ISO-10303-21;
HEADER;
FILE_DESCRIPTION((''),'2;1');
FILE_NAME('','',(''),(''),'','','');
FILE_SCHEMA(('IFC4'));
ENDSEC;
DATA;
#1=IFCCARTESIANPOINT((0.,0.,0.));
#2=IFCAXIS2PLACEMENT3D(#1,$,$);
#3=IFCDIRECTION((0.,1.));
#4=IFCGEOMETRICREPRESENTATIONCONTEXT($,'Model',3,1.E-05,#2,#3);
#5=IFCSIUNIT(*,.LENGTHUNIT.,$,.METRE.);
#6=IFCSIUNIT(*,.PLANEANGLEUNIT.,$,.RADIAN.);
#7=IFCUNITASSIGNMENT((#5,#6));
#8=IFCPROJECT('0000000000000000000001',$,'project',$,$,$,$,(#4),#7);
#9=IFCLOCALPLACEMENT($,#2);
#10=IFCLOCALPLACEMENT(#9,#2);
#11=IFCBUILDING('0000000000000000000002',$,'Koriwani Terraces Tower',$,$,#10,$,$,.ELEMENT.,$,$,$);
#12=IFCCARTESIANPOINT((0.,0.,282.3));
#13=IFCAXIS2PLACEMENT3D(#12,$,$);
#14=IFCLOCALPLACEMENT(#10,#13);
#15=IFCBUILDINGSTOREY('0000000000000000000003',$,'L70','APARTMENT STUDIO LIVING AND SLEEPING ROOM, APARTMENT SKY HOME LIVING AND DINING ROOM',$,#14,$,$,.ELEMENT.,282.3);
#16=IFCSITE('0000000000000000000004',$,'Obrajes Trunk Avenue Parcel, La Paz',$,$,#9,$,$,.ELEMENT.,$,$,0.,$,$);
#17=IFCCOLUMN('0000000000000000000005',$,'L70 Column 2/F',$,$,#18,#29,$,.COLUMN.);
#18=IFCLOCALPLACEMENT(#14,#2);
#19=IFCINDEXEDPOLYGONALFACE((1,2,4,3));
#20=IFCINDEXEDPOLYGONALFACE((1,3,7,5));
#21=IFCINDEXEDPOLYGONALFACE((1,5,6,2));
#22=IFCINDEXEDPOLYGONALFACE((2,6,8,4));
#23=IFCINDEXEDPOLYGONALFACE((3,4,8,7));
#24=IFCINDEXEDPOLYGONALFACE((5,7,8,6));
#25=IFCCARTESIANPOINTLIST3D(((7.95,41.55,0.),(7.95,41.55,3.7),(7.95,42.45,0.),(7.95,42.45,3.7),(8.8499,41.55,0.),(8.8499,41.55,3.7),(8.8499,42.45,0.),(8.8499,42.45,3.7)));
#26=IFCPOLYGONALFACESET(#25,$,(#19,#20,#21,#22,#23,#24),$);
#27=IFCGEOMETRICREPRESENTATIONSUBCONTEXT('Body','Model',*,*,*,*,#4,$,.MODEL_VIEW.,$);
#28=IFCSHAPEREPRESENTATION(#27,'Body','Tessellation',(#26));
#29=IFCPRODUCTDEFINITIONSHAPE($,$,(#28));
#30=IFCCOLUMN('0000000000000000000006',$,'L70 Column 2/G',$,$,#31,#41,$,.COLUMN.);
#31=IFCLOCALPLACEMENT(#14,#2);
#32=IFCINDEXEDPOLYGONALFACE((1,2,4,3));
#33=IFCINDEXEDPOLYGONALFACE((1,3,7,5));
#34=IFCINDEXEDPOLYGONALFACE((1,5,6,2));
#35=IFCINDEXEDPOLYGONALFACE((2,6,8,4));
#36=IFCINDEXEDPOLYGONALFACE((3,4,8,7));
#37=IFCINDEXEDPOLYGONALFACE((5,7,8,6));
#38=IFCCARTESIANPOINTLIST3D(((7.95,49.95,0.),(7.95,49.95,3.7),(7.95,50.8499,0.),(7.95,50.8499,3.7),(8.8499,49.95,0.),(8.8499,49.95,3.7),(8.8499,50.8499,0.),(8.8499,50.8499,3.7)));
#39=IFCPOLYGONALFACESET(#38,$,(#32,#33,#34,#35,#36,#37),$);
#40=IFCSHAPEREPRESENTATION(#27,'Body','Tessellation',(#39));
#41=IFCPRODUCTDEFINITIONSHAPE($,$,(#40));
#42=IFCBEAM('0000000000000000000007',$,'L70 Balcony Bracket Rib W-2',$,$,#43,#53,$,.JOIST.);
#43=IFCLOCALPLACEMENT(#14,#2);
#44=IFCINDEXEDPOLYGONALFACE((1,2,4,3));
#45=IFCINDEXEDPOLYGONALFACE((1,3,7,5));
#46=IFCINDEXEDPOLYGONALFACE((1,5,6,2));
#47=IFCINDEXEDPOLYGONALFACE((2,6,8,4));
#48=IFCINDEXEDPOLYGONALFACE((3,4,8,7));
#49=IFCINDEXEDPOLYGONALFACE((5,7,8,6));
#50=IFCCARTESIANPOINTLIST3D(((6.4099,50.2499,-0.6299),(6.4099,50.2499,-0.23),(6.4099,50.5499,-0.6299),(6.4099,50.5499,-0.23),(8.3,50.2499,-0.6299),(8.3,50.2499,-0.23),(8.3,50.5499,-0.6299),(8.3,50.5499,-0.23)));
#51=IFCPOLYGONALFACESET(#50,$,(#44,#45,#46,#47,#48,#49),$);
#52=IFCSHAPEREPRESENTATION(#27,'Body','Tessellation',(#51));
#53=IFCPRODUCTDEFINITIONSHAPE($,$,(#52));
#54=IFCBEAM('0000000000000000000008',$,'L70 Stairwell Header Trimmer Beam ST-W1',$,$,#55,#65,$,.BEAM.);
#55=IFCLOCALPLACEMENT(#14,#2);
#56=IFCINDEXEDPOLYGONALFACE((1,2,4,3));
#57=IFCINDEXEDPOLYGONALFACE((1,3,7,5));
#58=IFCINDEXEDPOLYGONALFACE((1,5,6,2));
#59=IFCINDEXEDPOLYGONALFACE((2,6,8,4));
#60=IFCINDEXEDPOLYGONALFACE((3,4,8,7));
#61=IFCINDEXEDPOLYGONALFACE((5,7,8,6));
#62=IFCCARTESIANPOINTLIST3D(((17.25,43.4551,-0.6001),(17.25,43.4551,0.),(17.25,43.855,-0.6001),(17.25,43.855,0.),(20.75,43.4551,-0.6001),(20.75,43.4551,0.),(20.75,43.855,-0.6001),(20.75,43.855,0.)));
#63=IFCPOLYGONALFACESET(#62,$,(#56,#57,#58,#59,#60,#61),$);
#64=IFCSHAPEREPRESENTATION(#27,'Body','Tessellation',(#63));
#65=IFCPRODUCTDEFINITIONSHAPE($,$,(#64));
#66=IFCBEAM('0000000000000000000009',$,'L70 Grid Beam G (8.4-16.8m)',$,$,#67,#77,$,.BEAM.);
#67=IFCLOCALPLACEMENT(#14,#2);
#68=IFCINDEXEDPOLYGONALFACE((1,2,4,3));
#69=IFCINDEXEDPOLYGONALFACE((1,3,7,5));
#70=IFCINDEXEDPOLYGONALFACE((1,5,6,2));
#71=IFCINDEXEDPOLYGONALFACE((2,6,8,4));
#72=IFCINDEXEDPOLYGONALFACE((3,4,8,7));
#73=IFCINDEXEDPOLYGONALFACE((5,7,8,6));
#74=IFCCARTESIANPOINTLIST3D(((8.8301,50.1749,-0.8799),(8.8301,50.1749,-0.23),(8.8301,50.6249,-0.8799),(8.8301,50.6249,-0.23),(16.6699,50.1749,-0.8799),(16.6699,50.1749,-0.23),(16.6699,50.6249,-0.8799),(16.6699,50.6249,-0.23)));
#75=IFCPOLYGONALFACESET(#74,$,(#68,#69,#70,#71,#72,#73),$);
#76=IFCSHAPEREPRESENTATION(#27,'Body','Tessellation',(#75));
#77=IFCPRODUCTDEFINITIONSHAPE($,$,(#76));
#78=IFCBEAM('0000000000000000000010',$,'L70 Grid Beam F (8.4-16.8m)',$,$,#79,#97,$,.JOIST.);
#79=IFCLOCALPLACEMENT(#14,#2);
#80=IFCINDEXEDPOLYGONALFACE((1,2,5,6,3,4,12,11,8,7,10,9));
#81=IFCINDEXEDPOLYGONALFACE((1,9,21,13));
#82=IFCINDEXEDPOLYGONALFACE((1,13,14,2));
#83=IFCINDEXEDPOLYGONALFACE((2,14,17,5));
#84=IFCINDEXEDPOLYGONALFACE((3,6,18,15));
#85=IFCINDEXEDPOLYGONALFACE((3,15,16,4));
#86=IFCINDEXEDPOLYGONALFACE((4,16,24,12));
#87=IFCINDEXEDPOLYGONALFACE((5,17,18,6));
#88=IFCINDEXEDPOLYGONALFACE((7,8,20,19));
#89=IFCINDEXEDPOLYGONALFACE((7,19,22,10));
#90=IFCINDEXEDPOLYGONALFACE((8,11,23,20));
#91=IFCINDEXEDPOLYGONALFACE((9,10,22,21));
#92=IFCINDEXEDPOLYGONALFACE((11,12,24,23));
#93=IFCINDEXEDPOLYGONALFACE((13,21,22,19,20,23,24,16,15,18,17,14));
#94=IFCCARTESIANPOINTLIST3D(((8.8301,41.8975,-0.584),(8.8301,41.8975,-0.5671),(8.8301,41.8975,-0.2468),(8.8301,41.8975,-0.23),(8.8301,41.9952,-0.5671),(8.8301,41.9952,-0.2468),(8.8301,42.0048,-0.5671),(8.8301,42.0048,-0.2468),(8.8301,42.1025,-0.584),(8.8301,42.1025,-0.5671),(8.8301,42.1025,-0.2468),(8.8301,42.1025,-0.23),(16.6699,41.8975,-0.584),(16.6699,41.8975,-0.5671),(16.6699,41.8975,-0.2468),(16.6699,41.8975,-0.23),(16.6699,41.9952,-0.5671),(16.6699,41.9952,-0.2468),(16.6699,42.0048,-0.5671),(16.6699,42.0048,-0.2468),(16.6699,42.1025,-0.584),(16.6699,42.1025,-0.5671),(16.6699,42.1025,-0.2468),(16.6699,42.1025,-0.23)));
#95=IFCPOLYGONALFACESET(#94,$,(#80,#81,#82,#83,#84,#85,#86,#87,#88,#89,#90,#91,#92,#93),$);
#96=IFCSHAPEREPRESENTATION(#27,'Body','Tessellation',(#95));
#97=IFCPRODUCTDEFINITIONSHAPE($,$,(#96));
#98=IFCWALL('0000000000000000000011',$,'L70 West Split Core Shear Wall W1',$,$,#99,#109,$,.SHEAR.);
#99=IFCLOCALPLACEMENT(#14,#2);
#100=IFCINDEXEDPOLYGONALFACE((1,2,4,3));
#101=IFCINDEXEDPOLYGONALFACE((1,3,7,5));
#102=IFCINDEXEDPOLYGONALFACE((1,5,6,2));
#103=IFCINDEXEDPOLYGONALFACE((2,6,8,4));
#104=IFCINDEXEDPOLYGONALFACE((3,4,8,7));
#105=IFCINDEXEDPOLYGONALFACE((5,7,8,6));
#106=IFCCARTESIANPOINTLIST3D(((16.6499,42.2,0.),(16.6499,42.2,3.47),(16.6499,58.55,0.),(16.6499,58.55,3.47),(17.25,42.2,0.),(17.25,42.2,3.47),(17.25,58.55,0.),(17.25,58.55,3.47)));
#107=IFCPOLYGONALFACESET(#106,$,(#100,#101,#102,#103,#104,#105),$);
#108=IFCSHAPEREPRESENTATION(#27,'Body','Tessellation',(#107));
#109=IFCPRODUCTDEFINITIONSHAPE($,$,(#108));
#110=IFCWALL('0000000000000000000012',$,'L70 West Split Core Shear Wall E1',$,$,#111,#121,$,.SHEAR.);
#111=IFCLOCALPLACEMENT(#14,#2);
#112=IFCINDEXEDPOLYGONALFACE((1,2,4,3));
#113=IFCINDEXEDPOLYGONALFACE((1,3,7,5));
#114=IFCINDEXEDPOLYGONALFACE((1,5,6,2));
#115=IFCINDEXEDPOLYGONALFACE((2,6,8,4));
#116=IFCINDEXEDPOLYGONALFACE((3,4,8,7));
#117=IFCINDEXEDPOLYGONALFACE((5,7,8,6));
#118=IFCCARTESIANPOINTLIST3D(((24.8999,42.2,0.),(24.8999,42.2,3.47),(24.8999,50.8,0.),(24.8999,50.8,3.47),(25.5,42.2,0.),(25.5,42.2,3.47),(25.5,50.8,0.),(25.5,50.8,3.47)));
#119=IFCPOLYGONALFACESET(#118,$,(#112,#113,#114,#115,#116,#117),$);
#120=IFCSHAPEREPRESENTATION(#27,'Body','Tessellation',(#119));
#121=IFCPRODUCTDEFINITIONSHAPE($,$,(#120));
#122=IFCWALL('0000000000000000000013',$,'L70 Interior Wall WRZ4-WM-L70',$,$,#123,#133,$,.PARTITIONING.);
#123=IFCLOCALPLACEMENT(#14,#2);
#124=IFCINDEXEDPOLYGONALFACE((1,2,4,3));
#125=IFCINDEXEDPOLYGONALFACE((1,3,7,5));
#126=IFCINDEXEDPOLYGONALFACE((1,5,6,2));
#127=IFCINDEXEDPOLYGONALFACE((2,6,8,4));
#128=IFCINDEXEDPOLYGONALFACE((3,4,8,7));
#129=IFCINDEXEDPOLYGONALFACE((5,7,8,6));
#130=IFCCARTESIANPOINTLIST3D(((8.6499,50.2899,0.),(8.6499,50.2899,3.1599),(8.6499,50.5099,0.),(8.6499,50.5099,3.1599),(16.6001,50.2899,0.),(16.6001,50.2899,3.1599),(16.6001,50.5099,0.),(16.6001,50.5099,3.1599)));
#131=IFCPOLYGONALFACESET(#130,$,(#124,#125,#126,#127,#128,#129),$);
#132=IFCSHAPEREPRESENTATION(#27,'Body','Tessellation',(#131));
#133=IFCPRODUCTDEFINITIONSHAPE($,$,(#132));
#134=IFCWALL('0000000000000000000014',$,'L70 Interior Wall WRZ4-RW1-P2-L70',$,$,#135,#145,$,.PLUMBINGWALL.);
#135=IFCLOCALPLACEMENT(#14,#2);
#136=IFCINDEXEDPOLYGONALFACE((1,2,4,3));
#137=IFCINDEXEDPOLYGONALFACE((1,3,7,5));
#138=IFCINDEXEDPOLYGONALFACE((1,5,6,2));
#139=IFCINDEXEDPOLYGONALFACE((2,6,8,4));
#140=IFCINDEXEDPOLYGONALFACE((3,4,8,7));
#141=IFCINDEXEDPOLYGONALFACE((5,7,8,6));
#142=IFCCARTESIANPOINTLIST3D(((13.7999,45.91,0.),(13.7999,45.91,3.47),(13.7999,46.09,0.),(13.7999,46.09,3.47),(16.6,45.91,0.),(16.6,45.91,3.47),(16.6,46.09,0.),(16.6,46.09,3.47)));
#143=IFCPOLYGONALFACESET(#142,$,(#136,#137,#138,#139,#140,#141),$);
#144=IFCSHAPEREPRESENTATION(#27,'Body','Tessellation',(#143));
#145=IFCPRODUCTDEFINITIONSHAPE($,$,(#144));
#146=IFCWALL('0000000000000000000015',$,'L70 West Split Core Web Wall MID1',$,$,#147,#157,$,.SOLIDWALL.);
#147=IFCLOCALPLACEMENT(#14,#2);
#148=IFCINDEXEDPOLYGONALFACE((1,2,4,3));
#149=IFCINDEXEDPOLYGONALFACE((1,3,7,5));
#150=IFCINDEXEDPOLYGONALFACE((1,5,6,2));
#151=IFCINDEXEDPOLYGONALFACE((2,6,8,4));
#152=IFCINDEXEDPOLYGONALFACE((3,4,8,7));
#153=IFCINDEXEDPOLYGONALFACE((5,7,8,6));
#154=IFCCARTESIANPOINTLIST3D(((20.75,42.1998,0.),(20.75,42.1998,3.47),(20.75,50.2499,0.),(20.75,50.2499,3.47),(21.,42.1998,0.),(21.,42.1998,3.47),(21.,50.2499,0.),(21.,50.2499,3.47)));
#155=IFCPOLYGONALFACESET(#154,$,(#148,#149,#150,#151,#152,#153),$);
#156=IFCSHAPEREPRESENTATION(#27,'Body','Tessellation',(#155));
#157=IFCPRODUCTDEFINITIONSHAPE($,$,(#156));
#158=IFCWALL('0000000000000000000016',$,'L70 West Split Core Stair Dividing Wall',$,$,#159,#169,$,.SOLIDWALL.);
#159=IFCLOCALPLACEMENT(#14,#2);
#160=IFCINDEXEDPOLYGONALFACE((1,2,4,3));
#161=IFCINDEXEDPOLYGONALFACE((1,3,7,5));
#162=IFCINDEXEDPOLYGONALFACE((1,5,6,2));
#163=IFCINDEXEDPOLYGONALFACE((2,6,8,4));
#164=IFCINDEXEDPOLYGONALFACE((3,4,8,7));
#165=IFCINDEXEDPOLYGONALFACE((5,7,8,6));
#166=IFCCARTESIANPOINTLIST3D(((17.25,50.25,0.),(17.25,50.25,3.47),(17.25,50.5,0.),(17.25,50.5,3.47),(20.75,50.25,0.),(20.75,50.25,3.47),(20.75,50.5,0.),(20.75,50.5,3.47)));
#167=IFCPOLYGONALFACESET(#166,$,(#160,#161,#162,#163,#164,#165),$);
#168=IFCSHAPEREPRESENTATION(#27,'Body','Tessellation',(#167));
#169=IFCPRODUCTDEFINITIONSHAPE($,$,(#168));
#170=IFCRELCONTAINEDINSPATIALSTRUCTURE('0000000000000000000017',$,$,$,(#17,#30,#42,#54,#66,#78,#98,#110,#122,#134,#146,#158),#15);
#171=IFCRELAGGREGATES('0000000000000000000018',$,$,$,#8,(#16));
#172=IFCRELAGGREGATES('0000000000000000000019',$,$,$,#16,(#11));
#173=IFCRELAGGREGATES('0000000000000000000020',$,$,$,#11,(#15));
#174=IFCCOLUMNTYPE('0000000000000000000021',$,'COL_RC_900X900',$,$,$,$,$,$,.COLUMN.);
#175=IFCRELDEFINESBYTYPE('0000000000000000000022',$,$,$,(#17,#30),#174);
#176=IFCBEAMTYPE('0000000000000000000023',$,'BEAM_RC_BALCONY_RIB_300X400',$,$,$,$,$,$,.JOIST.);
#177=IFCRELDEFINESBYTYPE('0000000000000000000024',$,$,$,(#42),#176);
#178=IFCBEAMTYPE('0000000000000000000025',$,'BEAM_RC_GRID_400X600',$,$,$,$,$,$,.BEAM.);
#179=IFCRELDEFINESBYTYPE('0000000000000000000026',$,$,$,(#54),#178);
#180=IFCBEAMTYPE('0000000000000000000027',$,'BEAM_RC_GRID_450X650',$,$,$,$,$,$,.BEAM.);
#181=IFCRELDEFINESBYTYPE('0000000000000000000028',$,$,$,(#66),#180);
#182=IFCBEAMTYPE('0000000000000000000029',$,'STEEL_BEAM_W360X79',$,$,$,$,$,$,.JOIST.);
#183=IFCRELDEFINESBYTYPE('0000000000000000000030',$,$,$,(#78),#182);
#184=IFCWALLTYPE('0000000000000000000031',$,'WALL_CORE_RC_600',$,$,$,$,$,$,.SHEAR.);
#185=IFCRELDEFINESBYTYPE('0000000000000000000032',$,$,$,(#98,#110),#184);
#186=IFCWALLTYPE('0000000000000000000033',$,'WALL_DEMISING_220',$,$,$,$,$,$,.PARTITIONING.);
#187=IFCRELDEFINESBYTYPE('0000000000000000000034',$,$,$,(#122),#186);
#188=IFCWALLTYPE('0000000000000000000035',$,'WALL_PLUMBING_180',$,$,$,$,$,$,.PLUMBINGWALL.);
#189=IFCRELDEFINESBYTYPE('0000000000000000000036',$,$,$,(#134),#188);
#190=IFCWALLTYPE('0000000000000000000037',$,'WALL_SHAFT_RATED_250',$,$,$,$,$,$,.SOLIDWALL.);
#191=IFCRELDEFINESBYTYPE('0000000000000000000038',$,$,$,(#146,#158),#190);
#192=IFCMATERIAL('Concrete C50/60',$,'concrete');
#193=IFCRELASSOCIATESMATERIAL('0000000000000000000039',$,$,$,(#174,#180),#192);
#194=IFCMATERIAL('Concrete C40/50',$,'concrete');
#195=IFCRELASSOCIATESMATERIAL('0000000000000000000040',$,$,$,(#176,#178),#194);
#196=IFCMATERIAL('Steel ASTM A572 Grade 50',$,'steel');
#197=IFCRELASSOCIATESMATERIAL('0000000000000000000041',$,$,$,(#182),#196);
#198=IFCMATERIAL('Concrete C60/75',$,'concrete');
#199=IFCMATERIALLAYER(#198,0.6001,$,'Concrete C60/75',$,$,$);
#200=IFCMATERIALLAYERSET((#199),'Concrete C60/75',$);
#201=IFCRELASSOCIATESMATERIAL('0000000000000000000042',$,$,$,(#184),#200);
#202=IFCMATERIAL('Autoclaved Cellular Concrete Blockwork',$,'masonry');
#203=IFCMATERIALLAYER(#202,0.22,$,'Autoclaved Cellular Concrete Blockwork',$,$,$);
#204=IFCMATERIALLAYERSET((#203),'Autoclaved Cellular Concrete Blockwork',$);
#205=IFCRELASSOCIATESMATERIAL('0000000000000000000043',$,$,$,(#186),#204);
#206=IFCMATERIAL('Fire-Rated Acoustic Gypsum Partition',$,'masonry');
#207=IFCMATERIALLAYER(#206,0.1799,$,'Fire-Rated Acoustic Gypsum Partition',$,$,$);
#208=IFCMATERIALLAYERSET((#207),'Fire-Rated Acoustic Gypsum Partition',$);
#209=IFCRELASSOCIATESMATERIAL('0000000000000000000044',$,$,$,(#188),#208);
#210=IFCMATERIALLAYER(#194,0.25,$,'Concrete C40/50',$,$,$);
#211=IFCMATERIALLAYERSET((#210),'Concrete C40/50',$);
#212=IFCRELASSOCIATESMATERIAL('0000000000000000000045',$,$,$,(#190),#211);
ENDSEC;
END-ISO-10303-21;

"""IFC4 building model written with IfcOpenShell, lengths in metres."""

from ifc_helpers import new_model, si_unit, direction, frame, frame_2d, origin, origin_2d, place, context, subcontext, project, spatial, rectangle, i_section, extrude, material, layer, layer_set, material_profile, profile_set, type_object, element, save


model = new_model("IFC4")

# Units and contexts
model_context = context("Model", 3, precision=1e-05, world=origin(), true_north=direction((0.0, 1.0)))
body_context = subcontext(model_context, "Body", "Model", "MODEL_VIEW")
ifc_project = project(units=[si_unit("LENGTHUNIT", "METRE"), si_unit("PLANEANGLEUNIT", "RADIAN")], contexts=[model_context])

# Site, building, storey
site_placement = place(None, origin())
site = spatial("IfcSite", under=ifc_project, at=site_placement, Name="Obrajes Trunk Avenue Parcel, La Paz", CompositionType="ELEMENT", RefElevation=0.0)
building_placement = place(site_placement, origin())
building = spatial("IfcBuilding", under=site, at=building_placement, Name="Koriwani Terraces Tower", CompositionType="ELEMENT")
storey_placement = place(building_placement, frame((0.0, 0.0, 282.3)))
storey = spatial("IfcBuildingStorey", under=building, at=storey_placement, Name="L70", Description="APARTMENT STUDIO LIVING AND SLEEPING ROOM, APARTMENT SKY HOME LIVING AND DINING ROOM", CompositionType="ELEMENT", Elevation=282.3)

# Columns
ifc_material_1 = material(Name="Concrete C50/60", Category="concrete")
ifc_material_profile_1 = material_profile(ifc_material_1, rectangle(XDim=0.8999, YDim=0.8999, at=origin_2d()), Name="Concrete C50/60", Category="LoadBearing")
ifc_profile_set_1 = profile_set([ifc_material_profile_1], Name="Concrete C50/60")
column_type = type_object("IfcColumnType", Name="COL_RC_900X900", PredefinedType="COLUMN", material=ifc_profile_set_1)
for number, where, z_axis, x_axis, name in (
    (1, (8.3999, 42.0, 0.0), (0.0, 0.0, 1.0), (1.0, 0.0, 0.0), "L70 Column 2/F"),
    (2, (8.3999, 50.3999, 0.0), (0.0, 0.0, 1.0), (1.0, 0.0, 0.0), "L70 Column 2/G"),
):
    element("IfcColumn", number, at=place(storey_placement, frame(where, z_axis=z_axis, x_axis=x_axis)), inside=storey, type_object=column_type, Name=name, PredefinedType="COLUMN", context=body_context, shape_type="SweptSolid", body=[
        extrude(rectangle(XDim=0.8999, YDim=0.8999, at=origin_2d()), origin(), (0.0, 0.0, 1.0), 3.7),
    ])

# Beams
ifc_material_2 = material(Name="Concrete C40/50", Category="concrete")
ifc_material_profile_2 = material_profile(ifc_material_2, rectangle(XDim=0.3, YDim=0.3999, at=origin_2d()), Name="Concrete C40/50", Category="LoadBearing")
ifc_profile_set_2 = profile_set([ifc_material_profile_2], Name="Concrete C40/50")
beam_type_1 = type_object("IfcBeamType", Name="BEAM_RC_BALCONY_RIB_300X400", PredefinedType="JOIST", material=ifc_profile_set_2)
beam_1_placement = place(storey_placement, frame((6.4099, 50.3999, -0.4299), z_axis=(1.0, 0.0, 0.0), x_axis=(0.0, 1.0, 0.0)))
element("IfcBeam", 3, at=beam_1_placement, inside=storey, type_object=beam_type_1, Name="L70 Balcony Bracket Rib W-2", PredefinedType="JOIST", context=body_context, shape_type="SweptSolid", body=[
    extrude(rectangle(XDim=0.3, YDim=0.3999, at=origin_2d()), origin(), (0.0, 0.0, 1.0), 1.8901),
])
ifc_material_profile_3 = material_profile(ifc_material_2, rectangle(XDim=0.3999, YDim=0.6001, at=origin_2d()), Name="Concrete C40/50", Category="LoadBearing")
ifc_profile_set_3 = profile_set([ifc_material_profile_3], Name="Concrete C40/50")
beam_type_2 = type_object("IfcBeamType", Name="BEAM_RC_GRID_400X600", PredefinedType="BEAM", material=ifc_profile_set_3)
beam_2_placement = place(storey_placement, frame((17.25, 43.655, -0.3), z_axis=(1.0, 0.0, 0.0), x_axis=(0.0, 1.0, 0.0)))
element("IfcBeam", 4, at=beam_2_placement, inside=storey, type_object=beam_type_2, Name="L70 Stairwell Header Trimmer Beam ST-W1", PredefinedType="BEAM", context=body_context, shape_type="SweptSolid", body=[
    extrude(rectangle(XDim=0.3999, YDim=0.6001, at=origin_2d()), origin(), (0.0, 0.0, 1.0), 3.5),
])
ifc_material_profile_4 = material_profile(ifc_material_1, rectangle(XDim=0.45, YDim=0.6499, at=origin_2d()), Name="Concrete C50/60", Category="LoadBearing")
ifc_profile_set_4 = profile_set([ifc_material_profile_4], Name="Concrete C50/60")
beam_type_3 = type_object("IfcBeamType", Name="BEAM_RC_GRID_450X650", PredefinedType="BEAM", material=ifc_profile_set_4)
beam_3_placement = place(storey_placement, frame((8.8301, 50.3999, -0.5549), z_axis=(1.0, 0.0, 0.0), x_axis=(0.0, 1.0, 0.0)))
element("IfcBeam", 5, at=beam_3_placement, inside=storey, type_object=beam_type_3, Name="L70 Grid Beam G (8.4-16.8m)", PredefinedType="BEAM", context=body_context, shape_type="SweptSolid", body=[
    extrude(rectangle(XDim=0.45, YDim=0.6499, at=origin_2d()), origin(), (0.0, 0.0, 1.0), 7.8398),
])
ifc_material_3 = material(Name="Steel ASTM A572 Grade 50", Category="steel")
ifc_material_profile_5 = material_profile(ifc_material_3, i_section(OverallWidth=0.2051, OverallDepth=0.354, WebThickness=0.0095, FlangeThickness=0.0168, at=origin_2d()), Name="Steel ASTM A572 Grade 50", Category="LoadBearing")
ifc_profile_set_5 = profile_set([ifc_material_profile_5], Name="Steel ASTM A572 Grade 50")
beam_type_4 = type_object("IfcBeamType", Name="STEEL_BEAM_W360X79", PredefinedType="JOIST", material=ifc_profile_set_5)
beam_4_placement = place(storey_placement, frame((8.8301, 42.0, -0.407), z_axis=(1.0, 0.0, 0.0), x_axis=(0.0, 1.0, 0.0)))
element("IfcBeam", 6, at=beam_4_placement, inside=storey, type_object=beam_type_4, Name="L70 Grid Beam F (8.4-16.8m)", PredefinedType="JOIST", context=body_context, shape_type="SweptSolid", body=[
    extrude(i_section(OverallWidth=0.2051, OverallDepth=0.354, WebThickness=0.0095, FlangeThickness=0.0168, at=origin_2d()), origin(), (0.0, 0.0, 1.0), 7.8398),
])

# Walls
ifc_material_4 = material(Name="Concrete C60/75", Category="concrete")
ifc_layer_1 = layer(ifc_material_4, 0.6001, Name="Concrete C60/75")
ifc_layer_set_1 = layer_set([ifc_layer_1], Name="Concrete C60/75")
wall_type_1 = type_object("IfcWallType", Name="WALL_CORE_RC_600", PredefinedType="SHEAR", material=ifc_layer_set_1)
wall_1_placement = place(storey_placement, frame((16.95, 42.2, 0.0), z_axis=(0.0, 0.0, 1.0), x_axis=(0.0, 1.0, 0.0)))
element("IfcWall", 7, at=wall_1_placement, inside=storey, type_object=wall_type_1, Name="L70 West Split Core Shear Wall W1", PredefinedType="SHEAR", context=body_context, shape_type="SweptSolid", body=[
    extrude(rectangle(XDim=16.3501, YDim=0.6001, at=frame_2d((8.175, 0.0))), origin(), (0.0, 0.0, 1.0), 3.47),
])
wall_2_placement = place(storey_placement, frame((25.2, 42.2, 0.0), z_axis=(0.0, 0.0, 1.0), x_axis=(0.0, 1.0, 0.0)))
element("IfcWall", 8, at=wall_2_placement, inside=storey, type_object=wall_type_1, Name="L70 West Split Core Shear Wall E1", PredefinedType="SHEAR", context=body_context, shape_type="SweptSolid", body=[
    extrude(rectangle(XDim=8.6001, YDim=0.6001, at=frame_2d((4.3, 0.0))), origin(), (0.0, 0.0, 1.0), 3.47),
])
ifc_material_5 = material(Name="Autoclaved Cellular Concrete Blockwork", Category="masonry")
ifc_layer_2 = layer(ifc_material_5, 0.22, Name="Autoclaved Cellular Concrete Blockwork")
ifc_layer_set_2 = layer_set([ifc_layer_2], Name="Autoclaved Cellular Concrete Blockwork")
wall_type_2 = type_object("IfcWallType", Name="WALL_DEMISING_220", PredefinedType="PARTITIONING", material=ifc_layer_set_2)
wall_3_placement = place(storey_placement, frame((8.6499, 50.3999, 0.0), z_axis=(0.0, 0.0, 1.0), x_axis=(1.0, 0.0, 0.0)))
element("IfcWall", 9, at=wall_3_placement, inside=storey, type_object=wall_type_2, Name="L70 Interior Wall WRZ4-WM-L70", PredefinedType="PARTITIONING", context=body_context, shape_type="SweptSolid", body=[
    extrude(rectangle(XDim=7.9502, YDim=0.22, at=frame_2d((3.9751, 0.0))), origin(), (0.0, 0.0, 1.0), 3.1599),
])
ifc_material_6 = material(Name="Fire-Rated Acoustic Gypsum Partition", Category="masonry")
ifc_layer_3 = layer(ifc_material_6, 0.1799, Name="Fire-Rated Acoustic Gypsum Partition")
ifc_layer_set_3 = layer_set([ifc_layer_3], Name="Fire-Rated Acoustic Gypsum Partition")
wall_type_3 = type_object("IfcWallType", Name="WALL_PLUMBING_180", PredefinedType="PLUMBINGWALL", material=ifc_layer_set_3)
wall_4_placement = place(storey_placement, frame((13.8, 46.0, 0.0), z_axis=(0.0, 0.0, 1.0), x_axis=(1.0, 0.0, 0.0)))
element("IfcWall", 10, at=wall_4_placement, inside=storey, type_object=wall_type_3, Name="L70 Interior Wall WRZ4-RW1-P2-L70", PredefinedType="PLUMBINGWALL", context=body_context, shape_type="SweptSolid", body=[
    extrude(rectangle(XDim=2.8, YDim=0.1799, at=frame_2d((1.3999, 0.0))), origin(), (0.0, 0.0, 1.0), 3.47),
])
ifc_layer_4 = layer(ifc_material_2, 0.25, Name="Concrete C40/50")
ifc_layer_set_4 = layer_set([ifc_layer_4], Name="Concrete C40/50")
wall_type_4 = type_object("IfcWallType", Name="WALL_SHAFT_RATED_250", PredefinedType="SOLIDWALL", material=ifc_layer_set_4)
wall_5_placement = place(storey_placement, frame((20.875, 42.2, 0.0), z_axis=(0.0, 0.0, 1.0), x_axis=(0.0, 1.0, 0.0)))
element("IfcWall", 11, at=wall_5_placement, inside=storey, type_object=wall_type_4, Name="L70 West Split Core Web Wall MID1", PredefinedType="SOLIDWALL", context=body_context, shape_type="SweptSolid", body=[
    extrude(rectangle(XDim=8.05, YDim=0.25, at=frame_2d((4.0249, 0.0))), origin(), (0.0, 0.0, 1.0), 3.47),
])
wall_6_placement = place(storey_placement, frame((17.25, 50.375, 0.0), z_axis=(0.0, 0.0, 1.0), x_axis=(1.0, 0.0, 0.0)))
element("IfcWall", 12, at=wall_6_placement, inside=storey, type_object=wall_type_4, Name="L70 West Split Core Stair Dividing Wall", PredefinedType="SOLIDWALL", context=body_context, shape_type="SweptSolid", body=[
    extrude(rectangle(XDim=3.5, YDim=0.25, at=frame_2d((1.75, 0.0))), origin(), (0.0, 0.0, 1.0), 3.47),
])

save(model, "model.ifc")
